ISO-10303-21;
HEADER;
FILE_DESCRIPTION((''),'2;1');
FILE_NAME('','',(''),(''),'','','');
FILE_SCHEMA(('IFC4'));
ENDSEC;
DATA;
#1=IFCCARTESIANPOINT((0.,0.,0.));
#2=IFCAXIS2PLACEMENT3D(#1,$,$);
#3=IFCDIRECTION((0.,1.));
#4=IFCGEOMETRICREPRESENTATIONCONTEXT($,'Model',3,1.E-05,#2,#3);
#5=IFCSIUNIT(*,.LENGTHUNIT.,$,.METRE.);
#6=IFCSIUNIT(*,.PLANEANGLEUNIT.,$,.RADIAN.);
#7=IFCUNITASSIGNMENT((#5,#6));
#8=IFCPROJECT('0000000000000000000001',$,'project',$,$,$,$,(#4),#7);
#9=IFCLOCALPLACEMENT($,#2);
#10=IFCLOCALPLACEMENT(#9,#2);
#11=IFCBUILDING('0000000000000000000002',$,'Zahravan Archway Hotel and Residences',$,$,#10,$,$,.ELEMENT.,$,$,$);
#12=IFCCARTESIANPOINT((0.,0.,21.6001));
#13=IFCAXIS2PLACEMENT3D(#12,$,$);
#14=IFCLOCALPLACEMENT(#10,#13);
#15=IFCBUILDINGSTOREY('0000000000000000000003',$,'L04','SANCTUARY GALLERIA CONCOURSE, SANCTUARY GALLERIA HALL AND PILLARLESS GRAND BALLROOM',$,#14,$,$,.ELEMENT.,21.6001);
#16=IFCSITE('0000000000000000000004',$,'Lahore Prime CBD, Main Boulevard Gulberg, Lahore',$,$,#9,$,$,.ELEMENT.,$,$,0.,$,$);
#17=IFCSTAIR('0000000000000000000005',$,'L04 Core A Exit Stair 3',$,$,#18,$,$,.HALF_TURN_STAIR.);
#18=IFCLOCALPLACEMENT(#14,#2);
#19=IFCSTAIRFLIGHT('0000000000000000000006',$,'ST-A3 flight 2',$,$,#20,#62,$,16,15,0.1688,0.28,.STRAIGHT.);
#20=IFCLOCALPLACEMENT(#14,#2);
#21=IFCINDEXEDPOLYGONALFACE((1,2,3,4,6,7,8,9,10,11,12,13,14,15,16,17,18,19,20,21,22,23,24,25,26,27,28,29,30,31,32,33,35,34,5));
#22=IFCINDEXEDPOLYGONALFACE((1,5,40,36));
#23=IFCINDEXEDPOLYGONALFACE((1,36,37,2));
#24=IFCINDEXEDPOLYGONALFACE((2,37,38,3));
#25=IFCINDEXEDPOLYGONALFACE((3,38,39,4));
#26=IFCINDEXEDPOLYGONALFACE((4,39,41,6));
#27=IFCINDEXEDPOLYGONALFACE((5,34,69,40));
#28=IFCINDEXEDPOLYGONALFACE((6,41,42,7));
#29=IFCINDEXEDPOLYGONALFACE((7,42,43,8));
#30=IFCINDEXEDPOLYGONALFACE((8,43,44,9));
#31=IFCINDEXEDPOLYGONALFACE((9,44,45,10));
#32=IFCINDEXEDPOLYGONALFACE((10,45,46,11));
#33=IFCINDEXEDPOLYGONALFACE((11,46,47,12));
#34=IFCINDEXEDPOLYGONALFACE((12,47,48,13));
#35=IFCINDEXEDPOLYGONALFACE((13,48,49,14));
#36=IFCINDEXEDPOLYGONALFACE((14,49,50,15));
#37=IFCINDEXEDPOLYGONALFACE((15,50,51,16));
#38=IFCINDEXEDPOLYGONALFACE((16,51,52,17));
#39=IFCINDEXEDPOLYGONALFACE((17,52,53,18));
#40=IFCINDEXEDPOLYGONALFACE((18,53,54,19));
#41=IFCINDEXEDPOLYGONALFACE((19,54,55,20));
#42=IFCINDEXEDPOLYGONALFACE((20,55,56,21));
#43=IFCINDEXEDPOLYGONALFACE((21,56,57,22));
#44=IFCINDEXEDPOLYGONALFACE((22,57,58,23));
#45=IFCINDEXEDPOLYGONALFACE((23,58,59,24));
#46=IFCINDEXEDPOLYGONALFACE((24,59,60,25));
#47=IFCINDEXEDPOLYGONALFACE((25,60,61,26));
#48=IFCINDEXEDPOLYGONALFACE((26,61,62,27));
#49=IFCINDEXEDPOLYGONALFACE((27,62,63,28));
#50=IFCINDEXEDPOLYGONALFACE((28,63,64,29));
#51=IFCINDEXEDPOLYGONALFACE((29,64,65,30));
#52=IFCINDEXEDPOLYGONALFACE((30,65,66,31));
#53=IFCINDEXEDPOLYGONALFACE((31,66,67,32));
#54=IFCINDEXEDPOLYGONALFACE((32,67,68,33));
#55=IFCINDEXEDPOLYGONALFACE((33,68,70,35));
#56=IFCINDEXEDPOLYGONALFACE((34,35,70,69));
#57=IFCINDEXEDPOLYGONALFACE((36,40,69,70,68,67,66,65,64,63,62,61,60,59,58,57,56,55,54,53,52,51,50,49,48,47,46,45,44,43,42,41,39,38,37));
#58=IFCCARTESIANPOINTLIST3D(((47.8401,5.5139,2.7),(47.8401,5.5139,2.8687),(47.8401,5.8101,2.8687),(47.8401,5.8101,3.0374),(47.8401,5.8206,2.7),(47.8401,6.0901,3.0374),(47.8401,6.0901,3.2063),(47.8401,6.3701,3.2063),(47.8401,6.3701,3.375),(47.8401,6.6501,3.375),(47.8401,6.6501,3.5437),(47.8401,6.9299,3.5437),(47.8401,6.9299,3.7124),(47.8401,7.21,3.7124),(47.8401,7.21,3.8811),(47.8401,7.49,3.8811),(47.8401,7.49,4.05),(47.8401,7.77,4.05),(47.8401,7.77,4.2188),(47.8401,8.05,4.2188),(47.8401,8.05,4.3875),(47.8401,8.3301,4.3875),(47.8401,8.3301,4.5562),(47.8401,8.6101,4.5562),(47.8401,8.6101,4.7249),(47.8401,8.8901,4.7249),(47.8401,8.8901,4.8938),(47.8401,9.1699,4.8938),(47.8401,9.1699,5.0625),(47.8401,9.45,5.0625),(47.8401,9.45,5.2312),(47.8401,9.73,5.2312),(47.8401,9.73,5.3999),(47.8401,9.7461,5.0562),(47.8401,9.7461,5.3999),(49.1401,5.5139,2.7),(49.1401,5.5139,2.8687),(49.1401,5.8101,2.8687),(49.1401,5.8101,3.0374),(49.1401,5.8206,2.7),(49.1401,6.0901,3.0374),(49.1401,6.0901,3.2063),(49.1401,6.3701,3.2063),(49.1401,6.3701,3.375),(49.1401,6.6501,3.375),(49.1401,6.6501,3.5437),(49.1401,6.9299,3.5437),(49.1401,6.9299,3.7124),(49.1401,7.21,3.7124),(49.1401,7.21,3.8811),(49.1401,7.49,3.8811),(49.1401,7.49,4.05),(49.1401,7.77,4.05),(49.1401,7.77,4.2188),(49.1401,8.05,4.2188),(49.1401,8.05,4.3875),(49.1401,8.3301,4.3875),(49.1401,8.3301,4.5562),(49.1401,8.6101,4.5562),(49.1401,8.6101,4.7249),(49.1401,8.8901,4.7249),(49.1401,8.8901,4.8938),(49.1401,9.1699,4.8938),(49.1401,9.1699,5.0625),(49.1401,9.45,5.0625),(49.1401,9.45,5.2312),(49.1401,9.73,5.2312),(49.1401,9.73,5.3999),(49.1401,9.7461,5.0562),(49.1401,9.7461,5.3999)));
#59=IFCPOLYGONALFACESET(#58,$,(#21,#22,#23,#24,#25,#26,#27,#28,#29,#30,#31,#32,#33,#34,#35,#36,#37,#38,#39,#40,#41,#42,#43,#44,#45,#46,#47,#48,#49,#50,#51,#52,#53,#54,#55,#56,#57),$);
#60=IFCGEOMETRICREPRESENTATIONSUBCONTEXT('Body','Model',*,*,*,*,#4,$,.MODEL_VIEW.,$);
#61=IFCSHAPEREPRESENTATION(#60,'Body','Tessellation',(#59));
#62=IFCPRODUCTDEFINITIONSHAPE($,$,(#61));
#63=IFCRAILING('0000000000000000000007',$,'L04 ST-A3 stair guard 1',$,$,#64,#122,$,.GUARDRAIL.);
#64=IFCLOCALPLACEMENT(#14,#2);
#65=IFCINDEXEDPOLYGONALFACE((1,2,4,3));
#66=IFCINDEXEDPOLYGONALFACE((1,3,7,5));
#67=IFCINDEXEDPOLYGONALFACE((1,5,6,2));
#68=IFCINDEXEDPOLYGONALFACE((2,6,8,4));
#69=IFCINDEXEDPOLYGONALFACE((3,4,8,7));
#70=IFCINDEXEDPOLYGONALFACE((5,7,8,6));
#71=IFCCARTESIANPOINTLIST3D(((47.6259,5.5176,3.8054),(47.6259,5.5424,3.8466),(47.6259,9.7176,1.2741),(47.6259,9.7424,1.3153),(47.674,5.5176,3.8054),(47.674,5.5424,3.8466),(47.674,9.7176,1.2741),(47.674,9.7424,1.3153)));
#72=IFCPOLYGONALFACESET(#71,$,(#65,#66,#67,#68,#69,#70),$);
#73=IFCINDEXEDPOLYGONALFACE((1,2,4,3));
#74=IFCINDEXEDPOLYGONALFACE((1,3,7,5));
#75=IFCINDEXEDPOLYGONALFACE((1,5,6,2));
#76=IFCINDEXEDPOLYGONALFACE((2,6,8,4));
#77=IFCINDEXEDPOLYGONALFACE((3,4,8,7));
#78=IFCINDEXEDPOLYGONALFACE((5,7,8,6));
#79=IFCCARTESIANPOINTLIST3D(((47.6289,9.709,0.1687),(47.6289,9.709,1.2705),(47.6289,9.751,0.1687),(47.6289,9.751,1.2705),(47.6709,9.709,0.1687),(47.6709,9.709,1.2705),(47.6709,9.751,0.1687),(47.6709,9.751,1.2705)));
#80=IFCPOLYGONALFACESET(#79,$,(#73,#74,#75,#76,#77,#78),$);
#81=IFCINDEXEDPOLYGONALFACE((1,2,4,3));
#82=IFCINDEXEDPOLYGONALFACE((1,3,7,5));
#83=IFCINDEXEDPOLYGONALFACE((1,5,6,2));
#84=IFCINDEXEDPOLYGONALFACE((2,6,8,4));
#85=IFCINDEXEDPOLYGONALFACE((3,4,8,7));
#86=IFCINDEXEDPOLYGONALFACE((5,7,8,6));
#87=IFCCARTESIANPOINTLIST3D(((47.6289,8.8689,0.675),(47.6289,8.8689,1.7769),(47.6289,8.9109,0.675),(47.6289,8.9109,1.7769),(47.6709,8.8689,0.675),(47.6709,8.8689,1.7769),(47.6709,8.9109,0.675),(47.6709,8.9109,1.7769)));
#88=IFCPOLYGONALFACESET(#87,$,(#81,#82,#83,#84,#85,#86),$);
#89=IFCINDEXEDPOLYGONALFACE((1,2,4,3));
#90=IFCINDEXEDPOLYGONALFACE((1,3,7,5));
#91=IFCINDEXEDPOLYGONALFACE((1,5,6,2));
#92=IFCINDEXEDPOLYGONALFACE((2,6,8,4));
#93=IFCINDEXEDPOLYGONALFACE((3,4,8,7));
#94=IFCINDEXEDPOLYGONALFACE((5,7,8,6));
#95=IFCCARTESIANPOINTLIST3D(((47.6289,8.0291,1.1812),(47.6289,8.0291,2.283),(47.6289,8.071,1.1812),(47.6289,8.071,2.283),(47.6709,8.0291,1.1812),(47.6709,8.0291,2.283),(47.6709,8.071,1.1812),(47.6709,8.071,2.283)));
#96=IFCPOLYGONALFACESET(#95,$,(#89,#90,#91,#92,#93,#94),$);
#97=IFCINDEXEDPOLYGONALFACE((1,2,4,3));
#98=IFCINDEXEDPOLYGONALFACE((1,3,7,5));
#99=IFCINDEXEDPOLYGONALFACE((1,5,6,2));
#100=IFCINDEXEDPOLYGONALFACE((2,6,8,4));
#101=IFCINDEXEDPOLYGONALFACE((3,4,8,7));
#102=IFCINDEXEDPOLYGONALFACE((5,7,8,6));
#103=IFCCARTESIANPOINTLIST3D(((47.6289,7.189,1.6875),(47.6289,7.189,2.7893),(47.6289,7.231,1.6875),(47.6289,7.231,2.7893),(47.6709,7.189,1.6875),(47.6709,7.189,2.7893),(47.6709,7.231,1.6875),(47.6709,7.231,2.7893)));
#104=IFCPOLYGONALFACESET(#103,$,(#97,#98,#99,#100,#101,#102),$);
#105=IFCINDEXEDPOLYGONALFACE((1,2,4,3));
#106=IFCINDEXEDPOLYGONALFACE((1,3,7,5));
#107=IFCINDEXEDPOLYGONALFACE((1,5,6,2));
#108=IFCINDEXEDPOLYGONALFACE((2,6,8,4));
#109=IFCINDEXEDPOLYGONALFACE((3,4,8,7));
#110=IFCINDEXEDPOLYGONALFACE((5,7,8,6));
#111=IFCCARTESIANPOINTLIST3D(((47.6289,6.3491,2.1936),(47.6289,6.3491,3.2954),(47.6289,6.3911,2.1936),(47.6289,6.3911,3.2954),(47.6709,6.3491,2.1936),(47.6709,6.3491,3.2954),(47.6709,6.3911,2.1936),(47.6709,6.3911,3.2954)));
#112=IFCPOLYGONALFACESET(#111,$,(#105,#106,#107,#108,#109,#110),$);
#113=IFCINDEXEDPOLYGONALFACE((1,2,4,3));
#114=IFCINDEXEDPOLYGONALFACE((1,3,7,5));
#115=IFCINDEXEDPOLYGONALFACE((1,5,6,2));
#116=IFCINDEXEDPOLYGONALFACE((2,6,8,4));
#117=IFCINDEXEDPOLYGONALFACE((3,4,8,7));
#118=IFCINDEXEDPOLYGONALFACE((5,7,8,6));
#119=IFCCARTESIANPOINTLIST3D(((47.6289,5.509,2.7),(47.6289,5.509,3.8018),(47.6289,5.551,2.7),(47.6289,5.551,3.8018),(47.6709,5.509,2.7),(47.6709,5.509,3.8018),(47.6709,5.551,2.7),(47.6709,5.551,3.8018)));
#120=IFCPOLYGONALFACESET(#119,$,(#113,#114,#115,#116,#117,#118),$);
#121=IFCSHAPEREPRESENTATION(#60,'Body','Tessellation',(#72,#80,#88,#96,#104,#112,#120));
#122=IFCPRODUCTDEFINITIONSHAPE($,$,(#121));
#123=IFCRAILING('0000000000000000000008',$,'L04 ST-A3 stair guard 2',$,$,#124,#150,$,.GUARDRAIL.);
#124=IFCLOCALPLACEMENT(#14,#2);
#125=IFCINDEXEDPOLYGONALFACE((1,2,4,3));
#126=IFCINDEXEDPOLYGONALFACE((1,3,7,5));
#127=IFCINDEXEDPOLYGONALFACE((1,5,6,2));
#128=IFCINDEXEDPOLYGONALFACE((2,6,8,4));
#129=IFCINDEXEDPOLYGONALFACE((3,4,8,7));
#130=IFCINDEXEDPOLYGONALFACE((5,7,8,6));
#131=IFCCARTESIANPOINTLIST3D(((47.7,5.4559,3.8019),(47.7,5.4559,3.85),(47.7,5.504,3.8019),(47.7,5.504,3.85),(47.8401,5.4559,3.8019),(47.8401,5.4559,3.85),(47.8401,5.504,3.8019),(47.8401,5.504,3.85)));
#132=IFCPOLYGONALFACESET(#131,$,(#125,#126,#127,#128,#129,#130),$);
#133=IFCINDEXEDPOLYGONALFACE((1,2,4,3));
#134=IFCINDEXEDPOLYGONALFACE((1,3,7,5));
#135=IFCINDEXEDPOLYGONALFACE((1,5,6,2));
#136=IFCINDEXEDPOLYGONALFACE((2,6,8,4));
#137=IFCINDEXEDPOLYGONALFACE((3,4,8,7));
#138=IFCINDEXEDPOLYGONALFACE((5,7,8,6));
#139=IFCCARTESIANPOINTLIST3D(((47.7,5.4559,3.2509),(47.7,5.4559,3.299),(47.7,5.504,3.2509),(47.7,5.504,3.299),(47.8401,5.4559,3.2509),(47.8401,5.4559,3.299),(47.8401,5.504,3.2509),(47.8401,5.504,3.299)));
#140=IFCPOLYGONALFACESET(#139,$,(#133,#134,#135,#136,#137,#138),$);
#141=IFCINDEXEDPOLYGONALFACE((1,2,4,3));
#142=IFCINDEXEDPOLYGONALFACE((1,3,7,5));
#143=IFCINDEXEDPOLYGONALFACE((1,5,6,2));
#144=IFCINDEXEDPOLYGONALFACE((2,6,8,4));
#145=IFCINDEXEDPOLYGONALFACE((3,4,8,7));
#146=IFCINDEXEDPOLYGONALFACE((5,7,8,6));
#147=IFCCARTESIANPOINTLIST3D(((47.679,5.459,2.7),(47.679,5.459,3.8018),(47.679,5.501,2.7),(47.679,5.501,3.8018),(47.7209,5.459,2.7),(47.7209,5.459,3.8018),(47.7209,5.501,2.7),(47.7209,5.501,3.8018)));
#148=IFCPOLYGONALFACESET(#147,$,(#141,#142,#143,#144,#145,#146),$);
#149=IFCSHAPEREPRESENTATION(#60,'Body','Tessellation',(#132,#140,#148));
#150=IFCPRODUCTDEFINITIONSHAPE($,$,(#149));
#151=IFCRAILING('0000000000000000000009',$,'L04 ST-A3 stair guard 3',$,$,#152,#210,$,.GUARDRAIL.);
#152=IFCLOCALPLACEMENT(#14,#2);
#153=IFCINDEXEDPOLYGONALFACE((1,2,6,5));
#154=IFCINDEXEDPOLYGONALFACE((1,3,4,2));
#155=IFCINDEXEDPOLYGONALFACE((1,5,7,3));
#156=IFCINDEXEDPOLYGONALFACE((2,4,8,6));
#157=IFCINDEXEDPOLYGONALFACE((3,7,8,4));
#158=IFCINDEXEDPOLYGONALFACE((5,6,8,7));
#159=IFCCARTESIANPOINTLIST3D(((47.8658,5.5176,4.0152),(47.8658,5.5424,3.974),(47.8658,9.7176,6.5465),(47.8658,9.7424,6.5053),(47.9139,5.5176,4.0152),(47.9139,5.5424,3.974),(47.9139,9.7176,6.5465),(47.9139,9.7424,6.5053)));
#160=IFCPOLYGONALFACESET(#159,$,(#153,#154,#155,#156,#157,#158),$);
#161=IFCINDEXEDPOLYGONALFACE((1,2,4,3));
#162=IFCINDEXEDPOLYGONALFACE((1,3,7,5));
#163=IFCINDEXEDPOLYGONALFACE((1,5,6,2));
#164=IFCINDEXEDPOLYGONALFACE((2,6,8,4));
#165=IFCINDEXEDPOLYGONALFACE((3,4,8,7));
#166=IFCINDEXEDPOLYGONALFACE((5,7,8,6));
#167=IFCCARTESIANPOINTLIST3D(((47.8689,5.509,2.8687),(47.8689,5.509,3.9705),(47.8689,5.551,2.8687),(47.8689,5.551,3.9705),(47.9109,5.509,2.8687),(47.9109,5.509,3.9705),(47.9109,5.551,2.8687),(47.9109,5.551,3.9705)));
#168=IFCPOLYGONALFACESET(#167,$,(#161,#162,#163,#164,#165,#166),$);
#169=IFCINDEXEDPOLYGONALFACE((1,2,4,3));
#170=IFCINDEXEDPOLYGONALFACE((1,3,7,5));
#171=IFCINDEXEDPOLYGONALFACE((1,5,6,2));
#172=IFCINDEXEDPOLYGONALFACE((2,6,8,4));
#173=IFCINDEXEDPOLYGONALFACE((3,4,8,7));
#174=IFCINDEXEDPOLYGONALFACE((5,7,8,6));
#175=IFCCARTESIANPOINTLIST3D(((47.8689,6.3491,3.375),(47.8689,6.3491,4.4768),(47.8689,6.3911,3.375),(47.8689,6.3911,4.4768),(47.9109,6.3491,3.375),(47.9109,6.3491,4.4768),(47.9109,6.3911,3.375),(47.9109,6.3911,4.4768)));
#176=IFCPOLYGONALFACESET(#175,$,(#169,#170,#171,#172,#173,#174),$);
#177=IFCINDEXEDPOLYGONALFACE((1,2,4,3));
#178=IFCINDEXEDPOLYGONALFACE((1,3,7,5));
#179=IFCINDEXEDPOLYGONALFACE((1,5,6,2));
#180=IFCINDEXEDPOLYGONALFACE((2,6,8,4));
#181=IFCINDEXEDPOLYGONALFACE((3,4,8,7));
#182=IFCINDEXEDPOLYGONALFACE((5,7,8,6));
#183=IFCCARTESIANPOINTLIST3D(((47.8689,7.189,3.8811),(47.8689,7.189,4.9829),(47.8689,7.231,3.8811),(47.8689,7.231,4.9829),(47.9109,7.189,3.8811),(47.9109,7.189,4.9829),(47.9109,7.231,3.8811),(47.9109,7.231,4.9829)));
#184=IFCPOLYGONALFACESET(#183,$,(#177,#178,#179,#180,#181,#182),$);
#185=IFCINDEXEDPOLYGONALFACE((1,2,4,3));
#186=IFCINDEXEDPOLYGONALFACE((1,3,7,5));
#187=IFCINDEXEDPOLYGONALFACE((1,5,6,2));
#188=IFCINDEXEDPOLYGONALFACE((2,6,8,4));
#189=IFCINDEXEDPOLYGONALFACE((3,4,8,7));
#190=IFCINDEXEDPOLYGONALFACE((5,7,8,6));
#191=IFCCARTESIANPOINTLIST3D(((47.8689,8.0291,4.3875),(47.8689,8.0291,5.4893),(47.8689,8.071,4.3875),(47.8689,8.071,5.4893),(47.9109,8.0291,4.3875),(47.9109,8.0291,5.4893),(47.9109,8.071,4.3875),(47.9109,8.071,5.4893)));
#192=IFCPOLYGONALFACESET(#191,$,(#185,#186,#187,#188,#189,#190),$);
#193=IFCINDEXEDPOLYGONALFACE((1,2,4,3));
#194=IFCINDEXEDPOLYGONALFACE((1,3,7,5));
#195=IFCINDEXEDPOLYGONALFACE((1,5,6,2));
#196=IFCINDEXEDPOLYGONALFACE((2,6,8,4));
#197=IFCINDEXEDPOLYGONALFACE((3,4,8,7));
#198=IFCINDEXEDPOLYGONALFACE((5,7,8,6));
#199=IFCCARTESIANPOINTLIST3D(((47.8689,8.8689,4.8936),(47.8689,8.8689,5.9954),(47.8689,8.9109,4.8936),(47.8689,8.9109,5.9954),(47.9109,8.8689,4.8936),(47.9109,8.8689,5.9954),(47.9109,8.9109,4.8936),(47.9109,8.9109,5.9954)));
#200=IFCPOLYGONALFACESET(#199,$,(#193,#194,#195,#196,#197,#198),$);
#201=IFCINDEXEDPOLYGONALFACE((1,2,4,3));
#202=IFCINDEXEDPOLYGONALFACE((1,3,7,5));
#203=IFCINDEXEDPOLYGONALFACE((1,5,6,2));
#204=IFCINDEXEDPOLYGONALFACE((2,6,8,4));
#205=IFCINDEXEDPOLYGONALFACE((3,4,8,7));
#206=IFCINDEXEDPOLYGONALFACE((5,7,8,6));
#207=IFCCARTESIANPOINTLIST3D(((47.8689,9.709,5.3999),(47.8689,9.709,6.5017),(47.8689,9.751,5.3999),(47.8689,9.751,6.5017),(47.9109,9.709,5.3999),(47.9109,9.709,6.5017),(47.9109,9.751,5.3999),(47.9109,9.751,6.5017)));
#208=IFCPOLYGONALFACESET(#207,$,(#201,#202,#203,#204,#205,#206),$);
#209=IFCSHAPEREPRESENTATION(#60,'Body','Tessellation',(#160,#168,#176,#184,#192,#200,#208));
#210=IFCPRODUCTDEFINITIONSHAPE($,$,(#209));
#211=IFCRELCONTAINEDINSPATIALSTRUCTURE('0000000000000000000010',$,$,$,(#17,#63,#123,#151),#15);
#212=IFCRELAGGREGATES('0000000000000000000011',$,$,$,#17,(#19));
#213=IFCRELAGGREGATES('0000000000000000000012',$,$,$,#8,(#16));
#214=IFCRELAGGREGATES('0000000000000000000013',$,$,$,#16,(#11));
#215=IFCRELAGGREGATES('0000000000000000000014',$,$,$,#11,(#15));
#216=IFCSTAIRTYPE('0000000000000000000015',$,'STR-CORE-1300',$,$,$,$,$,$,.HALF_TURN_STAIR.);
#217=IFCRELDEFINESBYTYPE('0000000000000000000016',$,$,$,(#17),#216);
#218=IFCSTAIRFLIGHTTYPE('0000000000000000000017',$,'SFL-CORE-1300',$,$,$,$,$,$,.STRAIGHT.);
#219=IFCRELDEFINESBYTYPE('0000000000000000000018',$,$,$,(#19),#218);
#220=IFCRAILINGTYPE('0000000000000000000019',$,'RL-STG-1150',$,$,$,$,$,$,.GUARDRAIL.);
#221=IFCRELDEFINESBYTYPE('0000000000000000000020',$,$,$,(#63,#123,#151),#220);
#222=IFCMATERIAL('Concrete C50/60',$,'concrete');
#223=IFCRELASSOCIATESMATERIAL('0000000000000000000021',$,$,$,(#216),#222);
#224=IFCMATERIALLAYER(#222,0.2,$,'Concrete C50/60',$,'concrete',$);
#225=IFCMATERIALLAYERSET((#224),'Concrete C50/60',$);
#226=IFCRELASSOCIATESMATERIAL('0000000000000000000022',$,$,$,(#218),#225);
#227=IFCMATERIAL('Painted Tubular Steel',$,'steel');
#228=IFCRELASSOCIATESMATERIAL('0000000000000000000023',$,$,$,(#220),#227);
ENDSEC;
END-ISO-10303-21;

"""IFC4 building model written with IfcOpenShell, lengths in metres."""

from ifc_helpers import new_model, si_unit, direction, frame, origin, origin_2d, place, context, subcontext, project, spatial, polyline, rectangle, outline, extrude, source, transform, mapped, material, layer, layer_set, type_object, element, aggregate, save


model = new_model("IFC4")

# Units and contexts
model_context = context("Model", 3, precision=1e-05, world=origin(), true_north=direction((0.0, 1.0)))
body_context = subcontext(model_context, "Body", "Model", "MODEL_VIEW")
ifc_project = project(units=[si_unit("LENGTHUNIT", "METRE"), si_unit("PLANEANGLEUNIT", "RADIAN")], contexts=[model_context])

# Site, building, storey
site_placement = place(None, origin())
site = spatial("IfcSite", under=ifc_project, at=site_placement, Name="Lahore Prime CBD, Main Boulevard Gulberg, Lahore", CompositionType="ELEMENT", RefElevation=0.0)
building_placement = place(site_placement, origin())
building = spatial("IfcBuilding", under=site, at=building_placement, Name="Zahravan Archway Hotel and Residences", CompositionType="ELEMENT")
storey_placement = place(building_placement, frame((0.0, 0.0, 21.6001)))
storey = spatial("IfcBuildingStorey", under=building, at=storey_placement, Name="L04", Description="SANCTUARY GALLERIA CONCOURSE, SANCTUARY GALLERIA HALL AND PILLARLESS GRAND BALLROOM", CompositionType="ELEMENT", Elevation=21.6001)

# Shared definitions
ifc_material_1 = material(Name="Concrete C50/60", Category="concrete")

# Stair, stair flight
stair_type = type_object("IfcStairType", Name="STR-CORE-1300", PredefinedType="HALF_TURN_STAIR", material=ifc_material_1)
stair_placement = place(storey_placement, origin())
stair = element("IfcStair", 1, at=stair_placement, inside=storey, type_object=stair_type, Name="L04 Core A Exit Stair 3", PredefinedType="HALF_TURN_STAIR")
ifc_layer_1 = layer(ifc_material_1, 0.2, Name="Concrete C50/60", Category="concrete")
ifc_layer_set_1 = layer_set([ifc_layer_1], Name="Concrete C50/60")
stair_flight_type = type_object("IfcStairFlightType", Name="SFL-CORE-1300", PredefinedType="STRAIGHT", material=ifc_layer_set_1)
shared_shape_1 = source(origin(), body_context, "Body", "SweptSolid", [
    extrude(outline(polyline([(-0.0161, 0.0), (-0.0161, 0.1687), (0.28, 0.1687), (0.28, 0.3374), (0.5601, 0.3374), (0.5601, 0.5063), (0.8401, 0.5063), (0.8401, 0.675), (1.1201, 0.675), (1.1201, 0.8438), (1.3999, 0.8438), (1.3999, 1.0125), (1.6799, 1.0125), (1.6799, 1.1812), (1.96, 1.1812), (1.96, 1.3501), (2.24, 1.3501), (2.24, 1.5188), (2.52, 1.5188), (2.52, 1.6875), (2.8, 1.6875), (2.8, 1.8562), (3.0801, 1.8562), (3.0801, 2.0249), (3.3601, 2.0249), (3.3601, 2.1938), (3.6399, 2.1938), (3.6399, 2.3625), (3.9199, 2.3625), (3.9199, 2.5312), (4.2, 2.5312), (4.2, 2.7), (4.2161, 2.7), (4.2161, 2.3562), (0.2905, 0.0), (-0.0161, 0.0)])), frame((0.0, 0.6499, 0.0), z_axis=(0.0, -1.0, 0.0), x_axis=(1.0, 0.0, 0.0)), (0.0, 0.0, 1.0), 1.3),
])
stair_flight_1_placement = place(storey_placement, frame((48.49, 5.53, 2.7), z_axis=(0.0, 0.0, 1.0), x_axis=(0.0, 1.0, 0.0)))
stair_flight_1 = element("IfcStairFlight", 2, at=stair_flight_1_placement, type_object=stair_flight_type, Name="ST-A3 flight 2", NumberOfRisers=16, NumberOfTreads=15, PredefinedType="STRAIGHT", RiserHeight=0.1688, TreadLength=0.28, context=body_context, shape_type="MappedRepresentation", body=[
    mapped(shared_shape_1, transform((0.0, 0.0, 0.0), scale=1.0)),
])
aggregate(stair, [stair_flight_1])

# Railings
ifc_material_2 = material(Name="Painted Tubular Steel", Category="steel")
railing_type_1 = type_object("IfcRailingType", Name="RL-STG-1150", PredefinedType="GUARDRAIL", material=ifc_material_2)
railing_1_placement = place(storey_placement, frame((47.6499, 9.73, 0.1687)))
element("IfcRailing", 3, at=railing_1_placement, inside=storey, type_object=railing_type_1, Name="L04 ST-A3 stair guard 1", PredefinedType="GUARDRAIL", context=body_context, shape_type="SweptSolid", body=[
    extrude(rectangle(XDim=0.0481, YDim=0.0481, at=origin_2d()), frame((0.0, 0.0, 1.126), z_axis=(0.0, -0.856476, 0.516186), x_axis=(1.0, 0.0, 0.0)), (0.0, 0.0, 1.0), 4.9038),
    extrude(rectangle(XDim=0.042, YDim=0.042, at=origin_2d()), origin(), (0.0, 0.0, 1.0), 1.1018),
    extrude(rectangle(XDim=0.042, YDim=0.042, at=origin_2d()), frame((0.0, -0.8401, 0.5063)), (0.0, 0.0, 1.0), 1.1018),
    extrude(rectangle(XDim=0.042, YDim=0.042, at=origin_2d()), frame((0.0, -1.6799, 1.0125)), (0.0, 0.0, 1.0), 1.1018),
    extrude(rectangle(XDim=0.042, YDim=0.042, at=origin_2d()), frame((0.0, -2.52, 1.5188)), (0.0, 0.0, 1.0), 1.1018),
    extrude(rectangle(XDim=0.042, YDim=0.042, at=origin_2d()), frame((0.0, -3.3599, 2.0249)), (0.0, 0.0, 1.0), 1.1018),
    extrude(rectangle(XDim=0.042, YDim=0.042, at=origin_2d()), frame((0.0, -4.2, 2.5312)), (0.0, 0.0, 1.0), 1.1018),
])
railing_2_placement = place(storey_placement, frame((47.7, 5.48, 2.7)))
element("IfcRailing", 4, at=railing_2_placement, inside=storey, type_object=railing_type_1, Name="L04 ST-A3 stair guard 2", PredefinedType="GUARDRAIL", context=body_context, shape_type="SweptSolid", body=[
    extrude(rectangle(XDim=0.0481, YDim=0.0481, at=origin_2d()), frame((0.0, 0.0, 1.126), z_axis=(1.0, 0.0, 0.0), x_axis=(0.0, 1.0, 0.0)), (0.0, 0.0, 1.0), 0.1401),
    extrude(rectangle(XDim=0.0481, YDim=0.0481, at=origin_2d()), frame((0.0, 0.0, 0.575), z_axis=(1.0, 0.0, 0.0), x_axis=(0.0, 1.0, 0.0)), (0.0, 0.0, 1.0), 0.1401),
    extrude(rectangle(XDim=0.042, YDim=0.042, at=origin_2d()), origin(), (0.0, 0.0, 1.0), 1.1018),
])
railing_3_placement = place(storey_placement, frame((47.8899, 5.53, 2.8687)))
element("IfcRailing", 5, at=railing_3_placement, inside=storey, type_object=railing_type_1, Name="L04 ST-A3 stair guard 3", PredefinedType="GUARDRAIL", context=body_context, shape_type="SweptSolid", body=[
    extrude(rectangle(XDim=0.0481, YDim=0.0481, at=origin_2d()), frame((0.0, 0.0, 1.126), z_axis=(0.0, 0.856476, 0.516186), x_axis=(-1.0, 0.0, 0.0)), (0.0, 0.0, 1.0), 4.9038),
    extrude(rectangle(XDim=0.042, YDim=0.042, at=origin_2d()), origin(), (0.0, 0.0, 1.0), 1.1018),
    extrude(rectangle(XDim=0.042, YDim=0.042, at=origin_2d()), frame((0.0, 0.8401, 0.5063)), (0.0, 0.0, 1.0), 1.1018),
    extrude(rectangle(XDim=0.042, YDim=0.042, at=origin_2d()), frame((0.0, 1.6799, 1.0125)), (0.0, 0.0, 1.0), 1.1018),
    extrude(rectangle(XDim=0.042, YDim=0.042, at=origin_2d()), frame((0.0, 2.52, 1.5188)), (0.0, 0.0, 1.0), 1.1018),
    extrude(rectangle(XDim=0.042, YDim=0.042, at=origin_2d()), frame((0.0, 3.3599, 2.0249)), (0.0, 0.0, 1.0), 1.1018),
    extrude(rectangle(XDim=0.042, YDim=0.042, at=origin_2d()), frame((0.0, 4.2, 2.5312)), (0.0, 0.0, 1.0), 1.1018),
])

save(model, "model.ifc")
